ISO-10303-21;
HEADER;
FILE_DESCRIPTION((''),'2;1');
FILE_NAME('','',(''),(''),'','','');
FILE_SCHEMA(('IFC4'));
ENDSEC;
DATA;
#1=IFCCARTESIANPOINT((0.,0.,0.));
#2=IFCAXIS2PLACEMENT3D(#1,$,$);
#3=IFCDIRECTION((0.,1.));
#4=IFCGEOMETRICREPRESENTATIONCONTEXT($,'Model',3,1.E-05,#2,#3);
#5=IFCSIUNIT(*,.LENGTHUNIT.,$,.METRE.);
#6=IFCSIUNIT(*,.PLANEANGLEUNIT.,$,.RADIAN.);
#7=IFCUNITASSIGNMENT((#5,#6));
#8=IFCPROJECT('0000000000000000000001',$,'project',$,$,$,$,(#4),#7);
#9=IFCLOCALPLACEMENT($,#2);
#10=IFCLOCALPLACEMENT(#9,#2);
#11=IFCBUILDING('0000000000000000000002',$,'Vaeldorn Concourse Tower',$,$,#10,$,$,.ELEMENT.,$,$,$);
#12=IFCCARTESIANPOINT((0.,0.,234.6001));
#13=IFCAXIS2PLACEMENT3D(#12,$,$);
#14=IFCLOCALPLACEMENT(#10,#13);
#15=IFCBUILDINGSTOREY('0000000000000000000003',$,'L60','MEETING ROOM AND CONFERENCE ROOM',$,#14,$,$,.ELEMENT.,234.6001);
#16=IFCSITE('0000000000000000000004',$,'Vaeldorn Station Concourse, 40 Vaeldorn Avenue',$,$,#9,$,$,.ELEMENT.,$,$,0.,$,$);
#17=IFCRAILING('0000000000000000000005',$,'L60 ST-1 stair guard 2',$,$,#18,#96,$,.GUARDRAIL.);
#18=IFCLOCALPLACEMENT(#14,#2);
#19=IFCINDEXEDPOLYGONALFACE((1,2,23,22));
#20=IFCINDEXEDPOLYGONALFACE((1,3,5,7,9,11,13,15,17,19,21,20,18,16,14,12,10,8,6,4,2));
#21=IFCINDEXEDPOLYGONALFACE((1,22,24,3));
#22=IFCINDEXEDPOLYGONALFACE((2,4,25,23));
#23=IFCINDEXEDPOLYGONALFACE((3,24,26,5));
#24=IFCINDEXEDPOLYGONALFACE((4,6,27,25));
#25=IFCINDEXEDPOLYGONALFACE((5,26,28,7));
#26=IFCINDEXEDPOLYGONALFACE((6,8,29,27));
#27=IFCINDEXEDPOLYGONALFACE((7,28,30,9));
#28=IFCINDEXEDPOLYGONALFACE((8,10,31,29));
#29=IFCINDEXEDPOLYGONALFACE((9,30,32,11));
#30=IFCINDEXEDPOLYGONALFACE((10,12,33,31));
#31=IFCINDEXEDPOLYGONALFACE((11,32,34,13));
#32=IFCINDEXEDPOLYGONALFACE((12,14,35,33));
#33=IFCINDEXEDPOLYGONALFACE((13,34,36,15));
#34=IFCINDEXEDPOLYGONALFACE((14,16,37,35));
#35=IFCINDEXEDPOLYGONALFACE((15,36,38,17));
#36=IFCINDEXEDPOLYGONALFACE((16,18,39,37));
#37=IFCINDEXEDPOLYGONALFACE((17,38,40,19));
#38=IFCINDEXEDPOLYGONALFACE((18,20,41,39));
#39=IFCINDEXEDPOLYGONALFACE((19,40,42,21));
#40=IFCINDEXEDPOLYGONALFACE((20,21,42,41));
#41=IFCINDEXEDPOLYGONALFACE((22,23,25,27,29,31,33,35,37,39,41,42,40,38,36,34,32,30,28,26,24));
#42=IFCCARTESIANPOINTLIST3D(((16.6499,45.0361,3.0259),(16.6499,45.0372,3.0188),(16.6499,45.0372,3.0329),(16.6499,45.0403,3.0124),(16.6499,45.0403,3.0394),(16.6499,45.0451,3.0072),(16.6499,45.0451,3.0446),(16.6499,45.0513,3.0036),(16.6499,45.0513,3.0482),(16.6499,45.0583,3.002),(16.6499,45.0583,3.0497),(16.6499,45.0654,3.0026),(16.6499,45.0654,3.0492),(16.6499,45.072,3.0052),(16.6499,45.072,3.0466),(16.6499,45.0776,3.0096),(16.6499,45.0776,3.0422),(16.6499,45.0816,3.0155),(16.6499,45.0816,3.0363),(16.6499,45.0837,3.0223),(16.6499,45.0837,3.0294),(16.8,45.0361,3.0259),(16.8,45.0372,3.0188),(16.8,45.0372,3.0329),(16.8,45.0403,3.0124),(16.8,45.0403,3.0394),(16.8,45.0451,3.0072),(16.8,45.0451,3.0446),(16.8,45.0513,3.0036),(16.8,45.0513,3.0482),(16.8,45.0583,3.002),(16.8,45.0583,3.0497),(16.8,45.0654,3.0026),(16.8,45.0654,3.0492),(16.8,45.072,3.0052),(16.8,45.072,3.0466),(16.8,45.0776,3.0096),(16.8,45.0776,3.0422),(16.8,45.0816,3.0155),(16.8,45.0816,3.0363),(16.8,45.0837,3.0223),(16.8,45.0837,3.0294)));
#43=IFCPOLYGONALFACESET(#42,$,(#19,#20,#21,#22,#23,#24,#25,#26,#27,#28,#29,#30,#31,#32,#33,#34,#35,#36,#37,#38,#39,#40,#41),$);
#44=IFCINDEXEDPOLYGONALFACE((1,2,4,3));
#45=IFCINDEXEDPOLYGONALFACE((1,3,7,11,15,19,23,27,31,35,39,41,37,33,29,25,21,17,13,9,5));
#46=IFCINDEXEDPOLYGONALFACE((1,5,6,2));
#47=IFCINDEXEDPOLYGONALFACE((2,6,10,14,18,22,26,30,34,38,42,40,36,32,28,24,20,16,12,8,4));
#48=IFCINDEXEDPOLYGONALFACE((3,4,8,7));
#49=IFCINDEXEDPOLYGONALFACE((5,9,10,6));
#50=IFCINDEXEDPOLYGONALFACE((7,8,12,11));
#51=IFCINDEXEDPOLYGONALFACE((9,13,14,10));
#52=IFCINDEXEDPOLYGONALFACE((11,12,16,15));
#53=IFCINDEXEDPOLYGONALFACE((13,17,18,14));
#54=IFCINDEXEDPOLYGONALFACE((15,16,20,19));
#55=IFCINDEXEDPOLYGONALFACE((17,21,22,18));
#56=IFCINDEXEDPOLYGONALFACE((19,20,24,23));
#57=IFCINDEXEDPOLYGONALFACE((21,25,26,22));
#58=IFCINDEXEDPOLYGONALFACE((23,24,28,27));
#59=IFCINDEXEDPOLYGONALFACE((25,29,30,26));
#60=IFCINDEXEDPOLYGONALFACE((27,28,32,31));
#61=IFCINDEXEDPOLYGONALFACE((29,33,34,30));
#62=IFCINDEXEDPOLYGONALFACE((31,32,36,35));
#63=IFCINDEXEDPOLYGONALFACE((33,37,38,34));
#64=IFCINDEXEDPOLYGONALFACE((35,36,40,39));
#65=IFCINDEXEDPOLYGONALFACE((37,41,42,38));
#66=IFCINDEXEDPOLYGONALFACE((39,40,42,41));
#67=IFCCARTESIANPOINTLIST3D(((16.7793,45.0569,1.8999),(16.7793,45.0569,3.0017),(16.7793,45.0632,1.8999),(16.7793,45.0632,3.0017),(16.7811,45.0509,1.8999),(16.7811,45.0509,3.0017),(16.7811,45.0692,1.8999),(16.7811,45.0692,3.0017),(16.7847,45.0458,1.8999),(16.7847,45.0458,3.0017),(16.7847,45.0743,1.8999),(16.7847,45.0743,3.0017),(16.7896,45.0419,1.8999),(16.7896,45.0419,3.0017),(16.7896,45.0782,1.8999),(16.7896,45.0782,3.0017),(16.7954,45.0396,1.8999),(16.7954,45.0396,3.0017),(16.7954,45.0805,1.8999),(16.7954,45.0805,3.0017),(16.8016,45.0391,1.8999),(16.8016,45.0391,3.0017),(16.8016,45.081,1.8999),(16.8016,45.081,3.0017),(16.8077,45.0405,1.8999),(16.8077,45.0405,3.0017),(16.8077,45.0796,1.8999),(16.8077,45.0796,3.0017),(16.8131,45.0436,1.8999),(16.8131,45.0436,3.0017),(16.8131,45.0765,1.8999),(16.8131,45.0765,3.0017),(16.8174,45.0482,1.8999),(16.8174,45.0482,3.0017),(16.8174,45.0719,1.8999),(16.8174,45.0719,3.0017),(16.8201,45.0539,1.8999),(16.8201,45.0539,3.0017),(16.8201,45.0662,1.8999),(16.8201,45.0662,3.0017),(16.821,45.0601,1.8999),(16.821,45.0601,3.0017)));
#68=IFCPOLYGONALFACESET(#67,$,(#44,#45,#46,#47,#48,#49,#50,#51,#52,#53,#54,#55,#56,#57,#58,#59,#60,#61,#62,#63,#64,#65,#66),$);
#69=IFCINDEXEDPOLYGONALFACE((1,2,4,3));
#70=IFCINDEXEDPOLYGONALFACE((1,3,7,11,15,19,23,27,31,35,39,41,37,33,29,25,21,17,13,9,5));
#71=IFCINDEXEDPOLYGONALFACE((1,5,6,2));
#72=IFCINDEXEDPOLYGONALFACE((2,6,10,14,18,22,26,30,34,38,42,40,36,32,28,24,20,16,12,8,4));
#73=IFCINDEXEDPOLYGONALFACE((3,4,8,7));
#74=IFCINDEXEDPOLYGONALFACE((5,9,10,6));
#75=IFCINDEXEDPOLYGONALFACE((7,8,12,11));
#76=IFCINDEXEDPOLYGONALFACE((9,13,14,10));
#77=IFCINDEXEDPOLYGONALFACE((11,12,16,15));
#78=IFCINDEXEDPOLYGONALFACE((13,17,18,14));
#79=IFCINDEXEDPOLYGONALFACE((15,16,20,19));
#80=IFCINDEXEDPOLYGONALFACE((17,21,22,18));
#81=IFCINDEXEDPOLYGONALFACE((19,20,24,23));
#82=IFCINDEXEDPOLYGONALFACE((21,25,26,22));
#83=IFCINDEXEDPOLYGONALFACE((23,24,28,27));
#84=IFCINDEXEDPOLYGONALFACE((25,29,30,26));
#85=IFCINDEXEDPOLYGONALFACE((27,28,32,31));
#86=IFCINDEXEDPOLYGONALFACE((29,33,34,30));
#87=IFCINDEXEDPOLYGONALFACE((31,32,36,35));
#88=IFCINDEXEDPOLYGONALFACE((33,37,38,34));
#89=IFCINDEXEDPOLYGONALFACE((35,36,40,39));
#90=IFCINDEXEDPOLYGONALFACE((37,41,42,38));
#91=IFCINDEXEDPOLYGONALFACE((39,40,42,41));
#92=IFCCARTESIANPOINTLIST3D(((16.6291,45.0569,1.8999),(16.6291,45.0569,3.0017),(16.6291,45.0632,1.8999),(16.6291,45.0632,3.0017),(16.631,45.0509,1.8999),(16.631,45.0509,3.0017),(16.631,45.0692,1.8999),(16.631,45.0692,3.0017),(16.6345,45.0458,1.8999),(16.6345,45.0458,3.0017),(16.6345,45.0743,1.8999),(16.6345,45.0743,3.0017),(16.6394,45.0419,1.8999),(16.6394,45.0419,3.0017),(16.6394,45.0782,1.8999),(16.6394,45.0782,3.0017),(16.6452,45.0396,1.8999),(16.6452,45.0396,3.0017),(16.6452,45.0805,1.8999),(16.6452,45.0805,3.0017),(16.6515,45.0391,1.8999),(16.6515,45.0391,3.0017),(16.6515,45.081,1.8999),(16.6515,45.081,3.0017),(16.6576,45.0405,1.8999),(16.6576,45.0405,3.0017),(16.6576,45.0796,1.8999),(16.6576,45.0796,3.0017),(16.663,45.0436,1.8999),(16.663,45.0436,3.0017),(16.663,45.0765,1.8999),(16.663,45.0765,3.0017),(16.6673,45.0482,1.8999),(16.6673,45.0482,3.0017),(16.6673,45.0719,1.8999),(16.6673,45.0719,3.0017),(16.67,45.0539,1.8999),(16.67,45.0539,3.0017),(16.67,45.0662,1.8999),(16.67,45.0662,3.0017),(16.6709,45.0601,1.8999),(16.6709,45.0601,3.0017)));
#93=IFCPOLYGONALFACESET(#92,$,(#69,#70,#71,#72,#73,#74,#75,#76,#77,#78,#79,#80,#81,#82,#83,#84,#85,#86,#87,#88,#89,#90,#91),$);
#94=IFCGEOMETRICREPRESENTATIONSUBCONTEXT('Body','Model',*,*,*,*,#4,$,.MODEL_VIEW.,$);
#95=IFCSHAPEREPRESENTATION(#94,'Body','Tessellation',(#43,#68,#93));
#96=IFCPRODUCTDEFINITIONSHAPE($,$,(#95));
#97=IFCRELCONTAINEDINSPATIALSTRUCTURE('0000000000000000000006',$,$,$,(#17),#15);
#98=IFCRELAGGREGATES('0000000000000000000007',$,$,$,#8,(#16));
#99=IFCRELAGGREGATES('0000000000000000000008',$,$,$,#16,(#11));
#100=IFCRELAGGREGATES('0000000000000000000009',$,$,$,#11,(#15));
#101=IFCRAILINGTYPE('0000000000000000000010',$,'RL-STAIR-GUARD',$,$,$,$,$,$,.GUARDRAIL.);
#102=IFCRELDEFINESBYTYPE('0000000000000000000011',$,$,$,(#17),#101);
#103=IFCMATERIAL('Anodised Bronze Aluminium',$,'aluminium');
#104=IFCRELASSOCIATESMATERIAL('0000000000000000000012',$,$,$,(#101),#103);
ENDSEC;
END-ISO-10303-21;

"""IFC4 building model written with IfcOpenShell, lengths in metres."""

from ifc_helpers import new_model, si_unit, direction, frame, origin, origin_2d, place, context, subcontext, project, spatial, circle, extrude, material, type_object, element, save


model = new_model("IFC4")

# Units and contexts
model_context = context("Model", 3, precision=1e-05, world=origin(), true_north=direction((0.0, 1.0)))
body_context = subcontext(model_context, "Body", "Model", "MODEL_VIEW")
ifc_project = project(units=[si_unit("LENGTHUNIT", "METRE"), si_unit("PLANEANGLEUNIT", "RADIAN")], contexts=[model_context])

# Site, building, storey
site_placement = place(None, origin())
site = spatial("IfcSite", under=ifc_project, at=site_placement, Name="Vaeldorn Station Concourse, 40 Vaeldorn Avenue", CompositionType="ELEMENT", RefElevation=0.0)
building_placement = place(site_placement, origin())
building = spatial("IfcBuilding", under=site, at=building_placement, Name="Vaeldorn Concourse Tower", CompositionType="ELEMENT")
storey_placement = place(building_placement, frame((0.0, 0.0, 234.6001)))
storey = spatial("IfcBuildingStorey", under=building, at=storey_placement, Name="L60", Description="MEETING ROOM AND CONFERENCE ROOM", CompositionType="ELEMENT", Elevation=234.6001)

# Shared definitions
ifc_material_1 = material(Name="Anodised Bronze Aluminium", Category="aluminium")

# Railing
railing_type_1 = type_object("IfcRailingType", Name="RL-STAIR-GUARD", PredefinedType="GUARDRAIL", material=ifc_material_1)
railing_1_placement = place(storey_placement, frame((16.8, 45.0601, 1.8999)))
element("IfcRailing", 1, at=railing_1_placement, inside=storey, type_object=railing_type_1, Name="L60 ST-1 stair guard 2", PredefinedType="GUARDRAIL", context=body_context, shape_type="SweptSolid", body=[
    extrude(circle(Radius=0.0239, at=origin_2d()), frame((0.0, 0.0, 1.126), z_axis=(-1.0, 0.0, 0.0), x_axis=(0.0, -1.0, 0.0)), (0.0, 0.0, 1.0), 0.1501),
    extrude(circle(Radius=0.021, at=origin_2d()), origin(), (0.0, 0.0, 1.0), 1.1018),
    extrude(circle(Radius=0.021, at=origin_2d()), frame((-0.1501, 0.0, 0.0)), (0.0, 0.0, 1.0), 1.1018),
])

save(model, "model.ifc")
